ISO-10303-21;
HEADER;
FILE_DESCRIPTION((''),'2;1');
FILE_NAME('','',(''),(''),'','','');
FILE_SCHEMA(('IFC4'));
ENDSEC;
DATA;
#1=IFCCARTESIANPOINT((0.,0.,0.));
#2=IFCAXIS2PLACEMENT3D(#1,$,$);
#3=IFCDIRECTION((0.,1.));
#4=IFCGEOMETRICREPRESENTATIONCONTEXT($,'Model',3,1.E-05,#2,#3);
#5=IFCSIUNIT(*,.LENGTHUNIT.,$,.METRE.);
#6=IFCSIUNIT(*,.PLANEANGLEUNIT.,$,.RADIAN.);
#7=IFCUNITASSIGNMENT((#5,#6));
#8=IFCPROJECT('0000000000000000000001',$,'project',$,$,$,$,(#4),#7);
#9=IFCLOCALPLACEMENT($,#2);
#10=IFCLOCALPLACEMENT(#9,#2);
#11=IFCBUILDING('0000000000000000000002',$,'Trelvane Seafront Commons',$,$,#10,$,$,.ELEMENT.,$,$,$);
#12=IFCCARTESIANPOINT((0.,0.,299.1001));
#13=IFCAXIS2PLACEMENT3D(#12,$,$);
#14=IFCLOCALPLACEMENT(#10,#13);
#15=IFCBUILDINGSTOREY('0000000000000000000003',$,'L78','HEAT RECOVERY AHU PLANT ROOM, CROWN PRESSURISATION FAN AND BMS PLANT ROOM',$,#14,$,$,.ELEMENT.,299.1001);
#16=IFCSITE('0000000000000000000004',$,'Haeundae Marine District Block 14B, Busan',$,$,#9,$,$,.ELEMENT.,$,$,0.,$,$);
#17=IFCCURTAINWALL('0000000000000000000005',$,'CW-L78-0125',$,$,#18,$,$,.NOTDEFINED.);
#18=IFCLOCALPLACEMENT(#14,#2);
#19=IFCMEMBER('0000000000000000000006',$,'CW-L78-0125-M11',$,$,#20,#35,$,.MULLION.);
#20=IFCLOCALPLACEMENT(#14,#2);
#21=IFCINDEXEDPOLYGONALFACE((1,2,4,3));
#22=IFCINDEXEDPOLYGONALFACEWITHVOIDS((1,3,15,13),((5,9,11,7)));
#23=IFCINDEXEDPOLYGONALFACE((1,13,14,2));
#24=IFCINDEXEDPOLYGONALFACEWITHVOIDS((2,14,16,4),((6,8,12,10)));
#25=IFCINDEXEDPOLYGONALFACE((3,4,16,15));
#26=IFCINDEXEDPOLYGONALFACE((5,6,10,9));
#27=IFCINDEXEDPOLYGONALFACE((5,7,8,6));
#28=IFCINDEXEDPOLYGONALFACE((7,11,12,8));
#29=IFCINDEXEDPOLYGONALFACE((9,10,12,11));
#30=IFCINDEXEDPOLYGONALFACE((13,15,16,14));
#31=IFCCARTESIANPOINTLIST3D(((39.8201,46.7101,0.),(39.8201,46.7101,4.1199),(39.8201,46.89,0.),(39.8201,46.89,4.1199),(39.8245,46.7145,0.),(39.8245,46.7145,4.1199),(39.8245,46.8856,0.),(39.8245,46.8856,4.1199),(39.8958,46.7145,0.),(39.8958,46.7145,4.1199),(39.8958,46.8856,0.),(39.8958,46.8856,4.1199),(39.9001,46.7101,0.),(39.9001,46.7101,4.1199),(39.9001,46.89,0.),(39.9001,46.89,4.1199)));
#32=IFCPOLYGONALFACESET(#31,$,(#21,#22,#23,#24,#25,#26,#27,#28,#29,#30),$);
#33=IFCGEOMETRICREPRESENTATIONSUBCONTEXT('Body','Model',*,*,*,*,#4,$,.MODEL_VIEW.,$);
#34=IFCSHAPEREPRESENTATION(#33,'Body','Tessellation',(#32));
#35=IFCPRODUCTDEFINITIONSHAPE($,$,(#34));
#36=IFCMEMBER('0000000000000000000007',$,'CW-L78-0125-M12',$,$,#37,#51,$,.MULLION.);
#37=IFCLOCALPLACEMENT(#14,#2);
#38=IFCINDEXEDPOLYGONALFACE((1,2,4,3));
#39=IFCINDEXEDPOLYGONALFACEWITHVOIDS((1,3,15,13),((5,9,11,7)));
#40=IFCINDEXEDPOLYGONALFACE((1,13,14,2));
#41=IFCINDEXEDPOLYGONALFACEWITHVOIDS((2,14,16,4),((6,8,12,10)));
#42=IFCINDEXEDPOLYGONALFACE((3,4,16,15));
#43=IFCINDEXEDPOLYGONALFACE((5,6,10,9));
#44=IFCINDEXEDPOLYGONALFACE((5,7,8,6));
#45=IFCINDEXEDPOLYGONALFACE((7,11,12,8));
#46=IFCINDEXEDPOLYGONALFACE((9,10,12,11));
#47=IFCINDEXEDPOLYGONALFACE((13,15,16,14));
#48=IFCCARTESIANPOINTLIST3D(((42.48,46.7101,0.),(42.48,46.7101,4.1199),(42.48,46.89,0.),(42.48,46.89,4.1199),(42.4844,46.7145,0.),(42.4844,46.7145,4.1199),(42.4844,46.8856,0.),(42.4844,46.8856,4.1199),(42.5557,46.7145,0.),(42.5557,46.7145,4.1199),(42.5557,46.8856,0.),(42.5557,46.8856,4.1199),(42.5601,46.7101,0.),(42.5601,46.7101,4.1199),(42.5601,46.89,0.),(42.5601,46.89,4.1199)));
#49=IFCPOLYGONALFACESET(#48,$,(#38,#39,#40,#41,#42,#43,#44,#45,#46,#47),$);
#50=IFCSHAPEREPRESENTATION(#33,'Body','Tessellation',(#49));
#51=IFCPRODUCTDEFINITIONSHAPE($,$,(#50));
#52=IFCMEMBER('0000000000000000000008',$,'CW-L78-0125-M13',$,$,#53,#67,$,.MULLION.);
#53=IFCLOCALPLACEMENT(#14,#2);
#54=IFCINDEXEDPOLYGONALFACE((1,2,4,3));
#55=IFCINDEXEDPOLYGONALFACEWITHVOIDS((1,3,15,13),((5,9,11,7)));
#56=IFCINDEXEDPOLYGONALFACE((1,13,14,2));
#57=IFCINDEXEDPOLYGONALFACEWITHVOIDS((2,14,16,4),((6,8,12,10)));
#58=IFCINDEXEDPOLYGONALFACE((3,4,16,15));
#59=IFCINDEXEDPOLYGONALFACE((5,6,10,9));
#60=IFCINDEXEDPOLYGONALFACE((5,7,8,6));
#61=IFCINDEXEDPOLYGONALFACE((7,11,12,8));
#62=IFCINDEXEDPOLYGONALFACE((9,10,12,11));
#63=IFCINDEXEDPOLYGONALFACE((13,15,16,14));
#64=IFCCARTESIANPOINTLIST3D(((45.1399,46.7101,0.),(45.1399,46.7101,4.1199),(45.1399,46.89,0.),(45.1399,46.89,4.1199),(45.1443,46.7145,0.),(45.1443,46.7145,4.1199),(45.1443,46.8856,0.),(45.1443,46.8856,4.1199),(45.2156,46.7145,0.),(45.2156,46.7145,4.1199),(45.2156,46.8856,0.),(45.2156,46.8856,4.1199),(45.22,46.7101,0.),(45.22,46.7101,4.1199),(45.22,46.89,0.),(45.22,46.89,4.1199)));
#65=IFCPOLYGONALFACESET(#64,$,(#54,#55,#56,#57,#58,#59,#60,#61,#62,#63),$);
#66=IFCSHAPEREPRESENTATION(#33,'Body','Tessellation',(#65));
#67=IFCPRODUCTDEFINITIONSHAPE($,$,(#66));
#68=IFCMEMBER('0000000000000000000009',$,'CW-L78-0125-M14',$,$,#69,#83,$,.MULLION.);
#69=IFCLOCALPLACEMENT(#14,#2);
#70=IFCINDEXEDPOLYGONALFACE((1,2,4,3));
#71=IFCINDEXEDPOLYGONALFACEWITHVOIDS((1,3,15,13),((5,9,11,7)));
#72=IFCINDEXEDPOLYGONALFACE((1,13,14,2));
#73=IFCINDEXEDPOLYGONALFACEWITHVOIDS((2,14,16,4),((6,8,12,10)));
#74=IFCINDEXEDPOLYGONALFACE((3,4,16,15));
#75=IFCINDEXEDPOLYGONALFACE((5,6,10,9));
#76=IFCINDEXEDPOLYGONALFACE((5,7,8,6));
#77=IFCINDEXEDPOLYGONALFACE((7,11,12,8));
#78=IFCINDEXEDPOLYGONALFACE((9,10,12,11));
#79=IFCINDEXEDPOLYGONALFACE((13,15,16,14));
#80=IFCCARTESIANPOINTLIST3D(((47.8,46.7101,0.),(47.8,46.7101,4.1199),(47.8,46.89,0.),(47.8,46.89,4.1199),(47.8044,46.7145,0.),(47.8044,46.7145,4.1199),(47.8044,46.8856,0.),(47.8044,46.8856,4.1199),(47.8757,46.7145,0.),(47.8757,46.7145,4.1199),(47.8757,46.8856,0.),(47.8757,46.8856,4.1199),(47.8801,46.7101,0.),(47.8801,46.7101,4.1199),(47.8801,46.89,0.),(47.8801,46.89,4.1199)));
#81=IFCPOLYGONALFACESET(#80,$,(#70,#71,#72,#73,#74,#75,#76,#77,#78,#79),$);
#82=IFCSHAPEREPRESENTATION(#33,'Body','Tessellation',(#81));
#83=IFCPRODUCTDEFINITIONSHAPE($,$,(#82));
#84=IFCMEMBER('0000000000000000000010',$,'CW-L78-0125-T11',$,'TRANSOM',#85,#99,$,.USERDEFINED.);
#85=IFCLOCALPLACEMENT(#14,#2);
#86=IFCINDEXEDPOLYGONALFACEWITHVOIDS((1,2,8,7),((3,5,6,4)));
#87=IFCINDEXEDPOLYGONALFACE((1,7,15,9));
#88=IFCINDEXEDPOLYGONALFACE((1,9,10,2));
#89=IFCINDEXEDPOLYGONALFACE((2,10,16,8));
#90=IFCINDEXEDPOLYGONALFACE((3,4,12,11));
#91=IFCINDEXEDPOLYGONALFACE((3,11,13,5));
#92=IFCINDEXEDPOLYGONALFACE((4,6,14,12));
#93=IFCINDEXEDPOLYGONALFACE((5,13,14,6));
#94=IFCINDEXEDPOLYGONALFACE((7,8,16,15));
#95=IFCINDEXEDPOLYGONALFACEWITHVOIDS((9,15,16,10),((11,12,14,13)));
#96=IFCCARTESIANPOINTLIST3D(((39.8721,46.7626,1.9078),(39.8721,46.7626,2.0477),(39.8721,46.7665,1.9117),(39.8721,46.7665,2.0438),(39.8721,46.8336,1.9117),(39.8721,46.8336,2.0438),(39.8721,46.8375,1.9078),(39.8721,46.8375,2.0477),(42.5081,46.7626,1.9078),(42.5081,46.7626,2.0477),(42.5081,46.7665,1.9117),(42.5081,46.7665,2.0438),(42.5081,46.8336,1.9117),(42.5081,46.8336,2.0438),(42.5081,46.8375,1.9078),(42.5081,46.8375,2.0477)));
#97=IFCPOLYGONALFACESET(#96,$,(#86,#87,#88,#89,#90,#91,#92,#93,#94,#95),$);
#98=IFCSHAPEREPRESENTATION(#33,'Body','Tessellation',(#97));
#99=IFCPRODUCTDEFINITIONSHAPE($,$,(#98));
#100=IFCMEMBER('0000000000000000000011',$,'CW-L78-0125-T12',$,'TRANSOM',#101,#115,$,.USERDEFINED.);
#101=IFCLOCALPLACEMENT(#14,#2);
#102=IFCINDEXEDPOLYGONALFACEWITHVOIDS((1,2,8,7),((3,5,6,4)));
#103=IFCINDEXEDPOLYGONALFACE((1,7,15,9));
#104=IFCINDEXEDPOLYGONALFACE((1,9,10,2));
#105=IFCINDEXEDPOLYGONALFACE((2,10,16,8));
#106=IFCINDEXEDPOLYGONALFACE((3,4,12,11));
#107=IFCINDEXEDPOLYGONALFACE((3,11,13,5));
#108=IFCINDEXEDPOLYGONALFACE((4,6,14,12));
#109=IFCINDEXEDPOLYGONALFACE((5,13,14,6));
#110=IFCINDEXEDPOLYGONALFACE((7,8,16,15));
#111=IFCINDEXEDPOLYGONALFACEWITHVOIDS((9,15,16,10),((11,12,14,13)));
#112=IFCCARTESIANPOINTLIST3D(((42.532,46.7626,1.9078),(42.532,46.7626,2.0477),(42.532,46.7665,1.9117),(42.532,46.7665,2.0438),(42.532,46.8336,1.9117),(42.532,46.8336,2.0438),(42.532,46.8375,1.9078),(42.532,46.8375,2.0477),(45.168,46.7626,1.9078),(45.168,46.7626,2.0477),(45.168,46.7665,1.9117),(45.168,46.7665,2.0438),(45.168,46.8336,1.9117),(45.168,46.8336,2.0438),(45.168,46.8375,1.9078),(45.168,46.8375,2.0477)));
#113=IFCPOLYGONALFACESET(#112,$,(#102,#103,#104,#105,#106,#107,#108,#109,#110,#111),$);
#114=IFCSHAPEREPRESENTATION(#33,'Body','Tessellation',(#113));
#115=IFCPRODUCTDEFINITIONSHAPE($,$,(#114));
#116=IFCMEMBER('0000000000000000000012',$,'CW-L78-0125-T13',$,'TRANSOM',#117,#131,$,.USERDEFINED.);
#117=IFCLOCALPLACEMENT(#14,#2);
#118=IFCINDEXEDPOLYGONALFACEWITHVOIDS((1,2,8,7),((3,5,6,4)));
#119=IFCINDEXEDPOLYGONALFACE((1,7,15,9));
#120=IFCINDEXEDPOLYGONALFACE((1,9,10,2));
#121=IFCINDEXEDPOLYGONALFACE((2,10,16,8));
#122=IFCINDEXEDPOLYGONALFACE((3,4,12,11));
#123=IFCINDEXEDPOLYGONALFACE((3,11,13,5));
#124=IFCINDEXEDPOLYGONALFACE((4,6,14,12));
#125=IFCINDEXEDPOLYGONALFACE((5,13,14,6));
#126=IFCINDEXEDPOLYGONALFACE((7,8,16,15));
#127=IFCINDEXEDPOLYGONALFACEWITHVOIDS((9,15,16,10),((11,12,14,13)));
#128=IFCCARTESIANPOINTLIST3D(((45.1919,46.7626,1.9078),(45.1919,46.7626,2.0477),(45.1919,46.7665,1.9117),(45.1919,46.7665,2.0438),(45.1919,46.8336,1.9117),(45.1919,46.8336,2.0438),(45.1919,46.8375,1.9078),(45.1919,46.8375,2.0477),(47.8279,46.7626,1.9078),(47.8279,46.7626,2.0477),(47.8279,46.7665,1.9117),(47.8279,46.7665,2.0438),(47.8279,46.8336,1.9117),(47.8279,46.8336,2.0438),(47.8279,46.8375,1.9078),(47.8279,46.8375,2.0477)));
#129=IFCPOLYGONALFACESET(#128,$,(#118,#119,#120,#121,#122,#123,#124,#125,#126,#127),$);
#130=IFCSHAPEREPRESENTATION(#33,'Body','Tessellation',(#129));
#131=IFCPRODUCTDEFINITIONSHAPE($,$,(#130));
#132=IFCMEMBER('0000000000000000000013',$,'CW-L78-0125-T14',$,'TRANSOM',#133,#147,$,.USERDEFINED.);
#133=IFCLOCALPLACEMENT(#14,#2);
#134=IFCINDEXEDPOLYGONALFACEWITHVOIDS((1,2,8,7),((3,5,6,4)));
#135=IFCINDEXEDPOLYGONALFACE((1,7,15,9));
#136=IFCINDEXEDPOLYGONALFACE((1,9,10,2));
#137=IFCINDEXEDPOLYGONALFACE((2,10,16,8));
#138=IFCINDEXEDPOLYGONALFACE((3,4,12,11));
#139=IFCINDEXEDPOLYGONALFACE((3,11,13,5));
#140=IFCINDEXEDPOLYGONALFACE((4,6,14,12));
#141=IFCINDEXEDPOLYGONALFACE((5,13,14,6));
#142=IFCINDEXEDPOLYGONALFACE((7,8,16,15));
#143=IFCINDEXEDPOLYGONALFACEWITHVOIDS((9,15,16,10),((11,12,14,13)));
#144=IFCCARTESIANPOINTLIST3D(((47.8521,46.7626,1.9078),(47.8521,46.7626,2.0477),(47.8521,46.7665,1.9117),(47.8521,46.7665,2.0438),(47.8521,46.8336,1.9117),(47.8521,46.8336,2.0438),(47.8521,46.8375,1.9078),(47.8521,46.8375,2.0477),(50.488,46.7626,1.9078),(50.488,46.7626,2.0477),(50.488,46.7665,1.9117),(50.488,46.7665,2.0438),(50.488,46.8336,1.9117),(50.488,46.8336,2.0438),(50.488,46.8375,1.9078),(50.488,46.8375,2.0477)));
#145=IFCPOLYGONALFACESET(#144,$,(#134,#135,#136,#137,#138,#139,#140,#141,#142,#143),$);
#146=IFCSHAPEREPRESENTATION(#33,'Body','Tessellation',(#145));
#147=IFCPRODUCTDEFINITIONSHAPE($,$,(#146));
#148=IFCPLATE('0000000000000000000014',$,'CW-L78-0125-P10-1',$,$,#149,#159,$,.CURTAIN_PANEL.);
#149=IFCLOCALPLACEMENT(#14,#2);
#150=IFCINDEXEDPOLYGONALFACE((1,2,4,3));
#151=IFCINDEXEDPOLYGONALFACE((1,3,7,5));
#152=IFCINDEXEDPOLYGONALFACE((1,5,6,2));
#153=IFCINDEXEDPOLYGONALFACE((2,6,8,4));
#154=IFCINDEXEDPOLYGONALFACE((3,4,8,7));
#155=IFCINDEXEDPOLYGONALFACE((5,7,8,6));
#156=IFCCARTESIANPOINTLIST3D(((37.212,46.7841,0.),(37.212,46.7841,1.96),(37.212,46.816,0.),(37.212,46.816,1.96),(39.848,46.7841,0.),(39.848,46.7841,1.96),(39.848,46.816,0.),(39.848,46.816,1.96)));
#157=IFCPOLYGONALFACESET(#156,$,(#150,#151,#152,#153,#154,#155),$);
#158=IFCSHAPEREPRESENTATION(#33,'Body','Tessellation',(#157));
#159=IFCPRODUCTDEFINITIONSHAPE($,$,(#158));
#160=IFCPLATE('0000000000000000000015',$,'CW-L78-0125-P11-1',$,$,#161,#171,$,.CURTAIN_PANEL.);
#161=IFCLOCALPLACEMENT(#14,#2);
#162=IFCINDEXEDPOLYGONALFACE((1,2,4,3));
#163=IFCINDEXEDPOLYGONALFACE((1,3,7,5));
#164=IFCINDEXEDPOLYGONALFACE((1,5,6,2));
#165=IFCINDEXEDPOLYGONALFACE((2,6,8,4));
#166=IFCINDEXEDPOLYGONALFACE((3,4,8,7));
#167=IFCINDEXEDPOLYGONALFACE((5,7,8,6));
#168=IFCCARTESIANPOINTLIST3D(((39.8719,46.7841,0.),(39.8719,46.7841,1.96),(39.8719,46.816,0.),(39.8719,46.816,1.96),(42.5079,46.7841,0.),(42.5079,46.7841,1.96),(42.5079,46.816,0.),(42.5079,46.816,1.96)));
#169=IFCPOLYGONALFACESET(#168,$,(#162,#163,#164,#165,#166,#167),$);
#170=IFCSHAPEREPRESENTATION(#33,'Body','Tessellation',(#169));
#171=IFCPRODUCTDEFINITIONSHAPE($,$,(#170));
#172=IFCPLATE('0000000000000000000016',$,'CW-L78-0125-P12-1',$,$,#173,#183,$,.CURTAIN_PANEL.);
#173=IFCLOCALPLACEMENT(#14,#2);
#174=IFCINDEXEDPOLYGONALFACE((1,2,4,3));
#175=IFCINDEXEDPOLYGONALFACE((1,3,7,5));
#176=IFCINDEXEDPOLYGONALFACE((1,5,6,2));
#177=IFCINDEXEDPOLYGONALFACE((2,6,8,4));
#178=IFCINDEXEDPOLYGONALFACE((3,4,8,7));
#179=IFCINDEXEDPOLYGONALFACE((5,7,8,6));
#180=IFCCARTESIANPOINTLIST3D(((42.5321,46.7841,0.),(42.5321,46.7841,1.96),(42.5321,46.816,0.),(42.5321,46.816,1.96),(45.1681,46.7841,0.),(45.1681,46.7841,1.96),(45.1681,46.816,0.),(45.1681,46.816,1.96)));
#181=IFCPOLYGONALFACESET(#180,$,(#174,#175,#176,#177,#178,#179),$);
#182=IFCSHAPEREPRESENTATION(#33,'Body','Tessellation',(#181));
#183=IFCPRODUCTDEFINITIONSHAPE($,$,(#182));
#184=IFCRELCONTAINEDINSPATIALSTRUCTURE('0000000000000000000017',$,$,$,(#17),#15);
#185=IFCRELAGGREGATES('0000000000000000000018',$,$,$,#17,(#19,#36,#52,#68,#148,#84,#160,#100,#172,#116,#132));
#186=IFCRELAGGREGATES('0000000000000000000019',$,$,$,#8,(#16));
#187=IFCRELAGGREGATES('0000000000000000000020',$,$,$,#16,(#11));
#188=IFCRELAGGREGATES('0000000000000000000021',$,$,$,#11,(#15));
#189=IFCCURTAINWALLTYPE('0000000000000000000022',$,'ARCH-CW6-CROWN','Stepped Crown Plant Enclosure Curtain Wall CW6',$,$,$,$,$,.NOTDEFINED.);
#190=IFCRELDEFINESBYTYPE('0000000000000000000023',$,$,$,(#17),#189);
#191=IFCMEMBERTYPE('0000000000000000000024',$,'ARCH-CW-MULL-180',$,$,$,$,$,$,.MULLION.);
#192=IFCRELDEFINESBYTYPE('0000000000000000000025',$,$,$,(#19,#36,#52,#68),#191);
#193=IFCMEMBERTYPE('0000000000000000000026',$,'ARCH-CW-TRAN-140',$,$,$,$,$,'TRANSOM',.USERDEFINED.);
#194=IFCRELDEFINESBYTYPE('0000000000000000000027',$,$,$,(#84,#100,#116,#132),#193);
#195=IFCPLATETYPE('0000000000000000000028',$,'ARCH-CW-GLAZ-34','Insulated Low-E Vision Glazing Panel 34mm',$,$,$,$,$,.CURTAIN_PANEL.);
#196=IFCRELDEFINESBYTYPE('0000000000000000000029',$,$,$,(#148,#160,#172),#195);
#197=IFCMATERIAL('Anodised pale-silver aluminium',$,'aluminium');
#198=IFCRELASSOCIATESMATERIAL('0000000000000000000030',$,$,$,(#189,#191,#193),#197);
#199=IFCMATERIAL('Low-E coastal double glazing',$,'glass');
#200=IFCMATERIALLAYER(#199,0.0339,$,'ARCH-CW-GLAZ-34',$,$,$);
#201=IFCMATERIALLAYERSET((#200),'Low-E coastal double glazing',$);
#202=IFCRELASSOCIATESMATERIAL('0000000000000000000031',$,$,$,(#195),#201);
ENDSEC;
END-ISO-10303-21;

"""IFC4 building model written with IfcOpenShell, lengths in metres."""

from ifc_helpers import new_model, si_unit, direction, frame, origin, origin_2d, place, context, subcontext, project, spatial, rectangle, hollow_rectangle, extrude, source, transform, mapped, material, layer, layer_set, material_profile, profile_set, type_object, element, aggregate, save


model = new_model("IFC4")

# Units and contexts
model_context = context("Model", 3, precision=1e-05, world=origin(), true_north=direction((0.0, 1.0)))
body_context = subcontext(model_context, "Body", "Model", "MODEL_VIEW")
ifc_project = project(units=[si_unit("LENGTHUNIT", "METRE"), si_unit("PLANEANGLEUNIT", "RADIAN")], contexts=[model_context])

# Site, building, storey
site_placement = place(None, origin())
site = spatial("IfcSite", under=ifc_project, at=site_placement, Name="Haeundae Marine District Block 14B, Busan", CompositionType="ELEMENT", RefElevation=0.0)
building_placement = place(site_placement, origin())
building = spatial("IfcBuilding", under=site, at=building_placement, Name="Trelvane Seafront Commons", CompositionType="ELEMENT")
storey_placement = place(building_placement, frame((0.0, 0.0, 299.1001)))
storey = spatial("IfcBuildingStorey", under=building, at=storey_placement, Name="L78", Description="HEAT RECOVERY AHU PLANT ROOM, CROWN PRESSURISATION FAN AND BMS PLANT ROOM", CompositionType="ELEMENT", Elevation=299.1001)

# Curtain wall, members, plates
ifc_material_1 = material(Name="Anodised pale-silver aluminium", Category="aluminium")
curtain_wall_type = type_object("IfcCurtainWallType", Name="ARCH-CW6-CROWN", Description="Stepped Crown Plant Enclosure Curtain Wall CW6", PredefinedType="NOTDEFINED", material=ifc_material_1)
curtain_wall_placement = place(storey_placement, origin())
curtain_wall = element("IfcCurtainWall", 1, at=curtain_wall_placement, inside=storey, type_object=curtain_wall_type, Name="CW-L78-0125", PredefinedType="NOTDEFINED")
ifc_material_profile_1 = material_profile(ifc_material_1, hollow_rectangle(XDim=0.0801, YDim=0.1799, WallThickness=0.0044, at=origin_2d()), Name="MULL-80x180x4.5")
ifc_profile_set_1 = profile_set([ifc_material_profile_1], Name="Anodised pale-silver aluminium")
member_type_1 = type_object("IfcMemberType", Name="ARCH-CW-MULL-180", PredefinedType="MULLION", material=ifc_profile_set_1)
shared_shape_1 = source(origin(), body_context, "Body", "SweptSolid", [
    extrude(hollow_rectangle(XDim=0.0801, YDim=0.1799, WallThickness=0.0044, at=origin_2d()), origin(), (0.0, 0.0, 1.0), 4.1199),
])
member_1_placement = place(storey_placement, frame((39.8601, 46.8, 0.0), z_axis=(0.0, 0.0, 1.0), x_axis=(1.0, 0.0, 0.0)))
member_1 = element("IfcMember", 2, at=member_1_placement, type_object=member_type_1, Name="CW-L78-0125-M11", PredefinedType="MULLION", context=body_context, shape_type="MappedRepresentation", body=[
    mapped(shared_shape_1, transform((0.0, 0.0, 0.0), x_axis=(1.0, 0.0, 0.0), y_axis=(0.0, 1.0, 0.0), z_axis=(0.0, 0.0, 1.0), scale=1.0)),
])
member_2_placement = place(storey_placement, frame((42.52, 46.8, 0.0), z_axis=(0.0, 0.0, 1.0), x_axis=(1.0, 0.0, 0.0)))
member_2 = element("IfcMember", 3, at=member_2_placement, type_object=member_type_1, Name="CW-L78-0125-M12", PredefinedType="MULLION", context=body_context, shape_type="MappedRepresentation", body=[
    mapped(shared_shape_1, transform((0.0, 0.0, 0.0), x_axis=(1.0, 0.0, 0.0), y_axis=(0.0, 1.0, 0.0), z_axis=(0.0, 0.0, 1.0), scale=1.0)),
])
member_3_placement = place(storey_placement, frame((45.1799, 46.8, 0.0), z_axis=(0.0, 0.0, 1.0), x_axis=(1.0, 0.0, 0.0)))
member_3 = element("IfcMember", 4, at=member_3_placement, type_object=member_type_1, Name="CW-L78-0125-M13", PredefinedType="MULLION", context=body_context, shape_type="MappedRepresentation", body=[
    mapped(shared_shape_1, transform((0.0, 0.0, 0.0), x_axis=(1.0, 0.0, 0.0), y_axis=(0.0, 1.0, 0.0), z_axis=(0.0, 0.0, 1.0), scale=1.0)),
])
member_4_placement = place(storey_placement, frame((47.8401, 46.8, 0.0), z_axis=(0.0, 0.0, 1.0), x_axis=(1.0, 0.0, 0.0)))
member_4 = element("IfcMember", 5, at=member_4_placement, type_object=member_type_1, Name="CW-L78-0125-M14", PredefinedType="MULLION", context=body_context, shape_type="MappedRepresentation", body=[
    mapped(shared_shape_1, transform((0.0, 0.0, 0.0), x_axis=(1.0, 0.0, 0.0), y_axis=(0.0, 1.0, 0.0), z_axis=(0.0, 0.0, 1.0), scale=1.0)),
])
ifc_material_profile_2 = material_profile(ifc_material_1, hollow_rectangle(XDim=0.075, YDim=0.1399, WallThickness=0.0039, at=origin_2d()), Name="TRAN-75x140x4")
ifc_profile_set_2 = profile_set([ifc_material_profile_2], Name="Anodised pale-silver aluminium")
member_type_2 = type_object("IfcMemberType", Name="ARCH-CW-TRAN-140", ElementType="TRANSOM", PredefinedType="USERDEFINED", material=ifc_profile_set_2)
shared_shape_2 = source(origin(), body_context, "Body", "SweptSolid", [
    extrude(hollow_rectangle(XDim=0.075, YDim=0.1399, WallThickness=0.0039, at=origin_2d()), origin(), (0.0, 0.0, 1.0), 2.636),
])
member_5_placement = place(storey_placement, frame((39.8721, 46.8, 1.9778), z_axis=(1.0, 0.0, 0.0), x_axis=(0.0, 1.0, 0.0)))
member_5 = element("IfcMember", 6, at=member_5_placement, type_object=member_type_2, Name="CW-L78-0125-T11", ObjectType="TRANSOM", PredefinedType="USERDEFINED", context=body_context, shape_type="MappedRepresentation", body=[
    mapped(shared_shape_2, transform((0.0, 0.0, 0.0), x_axis=(1.0, 0.0, 0.0), y_axis=(0.0, 1.0, 0.0), z_axis=(0.0, 0.0, 1.0), scale=1.0)),
])
member_6_placement = place(storey_placement, frame((42.532, 46.8, 1.9778), z_axis=(1.0, 0.0, 0.0), x_axis=(0.0, 1.0, 0.0)))
member_6 = element("IfcMember", 7, at=member_6_placement, type_object=member_type_2, Name="CW-L78-0125-T12", ObjectType="TRANSOM", PredefinedType="USERDEFINED", context=body_context, shape_type="MappedRepresentation", body=[
    mapped(shared_shape_2, transform((0.0, 0.0, 0.0), x_axis=(1.0, 0.0, 0.0), y_axis=(0.0, 1.0, 0.0), z_axis=(0.0, 0.0, 1.0), scale=1.0)),
])
member_7_placement = place(storey_placement, frame((45.1919, 46.8, 1.9778), z_axis=(1.0, 0.0, 0.0), x_axis=(0.0, 1.0, 0.0)))
member_7 = element("IfcMember", 8, at=member_7_placement, type_object=member_type_2, Name="CW-L78-0125-T13", ObjectType="TRANSOM", PredefinedType="USERDEFINED", context=body_context, shape_type="MappedRepresentation", body=[
    mapped(shared_shape_2, transform((0.0, 0.0, 0.0), x_axis=(1.0, 0.0, 0.0), y_axis=(0.0, 1.0, 0.0), z_axis=(0.0, 0.0, 1.0), scale=1.0)),
])
member_8_placement = place(storey_placement, frame((47.8521, 46.8, 1.9778), z_axis=(1.0, 0.0, 0.0), x_axis=(0.0, 1.0, 0.0)))
member_8 = element("IfcMember", 9, at=member_8_placement, type_object=member_type_2, Name="CW-L78-0125-T14", ObjectType="TRANSOM", PredefinedType="USERDEFINED", context=body_context, shape_type="MappedRepresentation", body=[
    mapped(shared_shape_2, transform((0.0, 0.0, 0.0), x_axis=(1.0, 0.0, 0.0), y_axis=(0.0, 1.0, 0.0), z_axis=(0.0, 0.0, 1.0), scale=1.0)),
])
ifc_material_2 = material(Name="Low-E coastal double glazing", Category="glass")
ifc_layer = layer(ifc_material_2, 0.0339, Name="ARCH-CW-GLAZ-34")
ifc_layer_set = layer_set([ifc_layer], Name="Low-E coastal double glazing")
plate_type = type_object("IfcPlateType", Name="ARCH-CW-GLAZ-34", Description="Insulated Low-E Vision Glazing Panel 34mm", PredefinedType="CURTAIN_PANEL", material=ifc_layer_set)
shared_shape_3 = source(origin(), body_context, "Body", "SweptSolid", [
    extrude(rectangle(XDim=2.636, YDim=0.032, at=origin_2d()), origin(), (0.0, 0.0, 1.0), 1.96),
])
plate_1_placement = place(storey_placement, frame((38.53, 46.8, 0.0), z_axis=(0.0, 0.0, 1.0), x_axis=(1.0, 0.0, 0.0)))
plate_1 = element("IfcPlate", 10, at=plate_1_placement, type_object=plate_type, Name="CW-L78-0125-P10-1", PredefinedType="CURTAIN_PANEL", context=body_context, shape_type="MappedRepresentation", body=[
    mapped(shared_shape_3, transform((0.0, 0.0, 0.0), x_axis=(1.0, 0.0, 0.0), y_axis=(0.0, 1.0, 0.0), z_axis=(0.0, 0.0, 1.0), scale=1.0)),
])
plate_2_placement = place(storey_placement, frame((41.1899, 46.8, 0.0), z_axis=(0.0, 0.0, 1.0), x_axis=(1.0, 0.0, 0.0)))
plate_2 = element("IfcPlate", 11, at=plate_2_placement, type_object=plate_type, Name="CW-L78-0125-P11-1", PredefinedType="CURTAIN_PANEL", context=body_context, shape_type="MappedRepresentation", body=[
    mapped(shared_shape_3, transform((0.0, 0.0, 0.0), x_axis=(1.0, 0.0, 0.0), y_axis=(0.0, 1.0, 0.0), z_axis=(0.0, 0.0, 1.0), scale=1.0)),
])
plate_3_placement = place(storey_placement, frame((43.8501, 46.8, 0.0), z_axis=(0.0, 0.0, 1.0), x_axis=(1.0, 0.0, 0.0)))
plate_3 = element("IfcPlate", 12, at=plate_3_placement, type_object=plate_type, Name="CW-L78-0125-P12-1", PredefinedType="CURTAIN_PANEL", context=body_context, shape_type="MappedRepresentation", body=[
    mapped(shared_shape_3, transform((0.0, 0.0, 0.0), x_axis=(1.0, 0.0, 0.0), y_axis=(0.0, 1.0, 0.0), z_axis=(0.0, 0.0, 1.0), scale=1.0)),
])
aggregate(curtain_wall, [member_1, member_2, member_3, member_4, plate_1, member_5, plate_2, member_6, plate_3, member_7, member_8])

save(model, "model.ifc")
